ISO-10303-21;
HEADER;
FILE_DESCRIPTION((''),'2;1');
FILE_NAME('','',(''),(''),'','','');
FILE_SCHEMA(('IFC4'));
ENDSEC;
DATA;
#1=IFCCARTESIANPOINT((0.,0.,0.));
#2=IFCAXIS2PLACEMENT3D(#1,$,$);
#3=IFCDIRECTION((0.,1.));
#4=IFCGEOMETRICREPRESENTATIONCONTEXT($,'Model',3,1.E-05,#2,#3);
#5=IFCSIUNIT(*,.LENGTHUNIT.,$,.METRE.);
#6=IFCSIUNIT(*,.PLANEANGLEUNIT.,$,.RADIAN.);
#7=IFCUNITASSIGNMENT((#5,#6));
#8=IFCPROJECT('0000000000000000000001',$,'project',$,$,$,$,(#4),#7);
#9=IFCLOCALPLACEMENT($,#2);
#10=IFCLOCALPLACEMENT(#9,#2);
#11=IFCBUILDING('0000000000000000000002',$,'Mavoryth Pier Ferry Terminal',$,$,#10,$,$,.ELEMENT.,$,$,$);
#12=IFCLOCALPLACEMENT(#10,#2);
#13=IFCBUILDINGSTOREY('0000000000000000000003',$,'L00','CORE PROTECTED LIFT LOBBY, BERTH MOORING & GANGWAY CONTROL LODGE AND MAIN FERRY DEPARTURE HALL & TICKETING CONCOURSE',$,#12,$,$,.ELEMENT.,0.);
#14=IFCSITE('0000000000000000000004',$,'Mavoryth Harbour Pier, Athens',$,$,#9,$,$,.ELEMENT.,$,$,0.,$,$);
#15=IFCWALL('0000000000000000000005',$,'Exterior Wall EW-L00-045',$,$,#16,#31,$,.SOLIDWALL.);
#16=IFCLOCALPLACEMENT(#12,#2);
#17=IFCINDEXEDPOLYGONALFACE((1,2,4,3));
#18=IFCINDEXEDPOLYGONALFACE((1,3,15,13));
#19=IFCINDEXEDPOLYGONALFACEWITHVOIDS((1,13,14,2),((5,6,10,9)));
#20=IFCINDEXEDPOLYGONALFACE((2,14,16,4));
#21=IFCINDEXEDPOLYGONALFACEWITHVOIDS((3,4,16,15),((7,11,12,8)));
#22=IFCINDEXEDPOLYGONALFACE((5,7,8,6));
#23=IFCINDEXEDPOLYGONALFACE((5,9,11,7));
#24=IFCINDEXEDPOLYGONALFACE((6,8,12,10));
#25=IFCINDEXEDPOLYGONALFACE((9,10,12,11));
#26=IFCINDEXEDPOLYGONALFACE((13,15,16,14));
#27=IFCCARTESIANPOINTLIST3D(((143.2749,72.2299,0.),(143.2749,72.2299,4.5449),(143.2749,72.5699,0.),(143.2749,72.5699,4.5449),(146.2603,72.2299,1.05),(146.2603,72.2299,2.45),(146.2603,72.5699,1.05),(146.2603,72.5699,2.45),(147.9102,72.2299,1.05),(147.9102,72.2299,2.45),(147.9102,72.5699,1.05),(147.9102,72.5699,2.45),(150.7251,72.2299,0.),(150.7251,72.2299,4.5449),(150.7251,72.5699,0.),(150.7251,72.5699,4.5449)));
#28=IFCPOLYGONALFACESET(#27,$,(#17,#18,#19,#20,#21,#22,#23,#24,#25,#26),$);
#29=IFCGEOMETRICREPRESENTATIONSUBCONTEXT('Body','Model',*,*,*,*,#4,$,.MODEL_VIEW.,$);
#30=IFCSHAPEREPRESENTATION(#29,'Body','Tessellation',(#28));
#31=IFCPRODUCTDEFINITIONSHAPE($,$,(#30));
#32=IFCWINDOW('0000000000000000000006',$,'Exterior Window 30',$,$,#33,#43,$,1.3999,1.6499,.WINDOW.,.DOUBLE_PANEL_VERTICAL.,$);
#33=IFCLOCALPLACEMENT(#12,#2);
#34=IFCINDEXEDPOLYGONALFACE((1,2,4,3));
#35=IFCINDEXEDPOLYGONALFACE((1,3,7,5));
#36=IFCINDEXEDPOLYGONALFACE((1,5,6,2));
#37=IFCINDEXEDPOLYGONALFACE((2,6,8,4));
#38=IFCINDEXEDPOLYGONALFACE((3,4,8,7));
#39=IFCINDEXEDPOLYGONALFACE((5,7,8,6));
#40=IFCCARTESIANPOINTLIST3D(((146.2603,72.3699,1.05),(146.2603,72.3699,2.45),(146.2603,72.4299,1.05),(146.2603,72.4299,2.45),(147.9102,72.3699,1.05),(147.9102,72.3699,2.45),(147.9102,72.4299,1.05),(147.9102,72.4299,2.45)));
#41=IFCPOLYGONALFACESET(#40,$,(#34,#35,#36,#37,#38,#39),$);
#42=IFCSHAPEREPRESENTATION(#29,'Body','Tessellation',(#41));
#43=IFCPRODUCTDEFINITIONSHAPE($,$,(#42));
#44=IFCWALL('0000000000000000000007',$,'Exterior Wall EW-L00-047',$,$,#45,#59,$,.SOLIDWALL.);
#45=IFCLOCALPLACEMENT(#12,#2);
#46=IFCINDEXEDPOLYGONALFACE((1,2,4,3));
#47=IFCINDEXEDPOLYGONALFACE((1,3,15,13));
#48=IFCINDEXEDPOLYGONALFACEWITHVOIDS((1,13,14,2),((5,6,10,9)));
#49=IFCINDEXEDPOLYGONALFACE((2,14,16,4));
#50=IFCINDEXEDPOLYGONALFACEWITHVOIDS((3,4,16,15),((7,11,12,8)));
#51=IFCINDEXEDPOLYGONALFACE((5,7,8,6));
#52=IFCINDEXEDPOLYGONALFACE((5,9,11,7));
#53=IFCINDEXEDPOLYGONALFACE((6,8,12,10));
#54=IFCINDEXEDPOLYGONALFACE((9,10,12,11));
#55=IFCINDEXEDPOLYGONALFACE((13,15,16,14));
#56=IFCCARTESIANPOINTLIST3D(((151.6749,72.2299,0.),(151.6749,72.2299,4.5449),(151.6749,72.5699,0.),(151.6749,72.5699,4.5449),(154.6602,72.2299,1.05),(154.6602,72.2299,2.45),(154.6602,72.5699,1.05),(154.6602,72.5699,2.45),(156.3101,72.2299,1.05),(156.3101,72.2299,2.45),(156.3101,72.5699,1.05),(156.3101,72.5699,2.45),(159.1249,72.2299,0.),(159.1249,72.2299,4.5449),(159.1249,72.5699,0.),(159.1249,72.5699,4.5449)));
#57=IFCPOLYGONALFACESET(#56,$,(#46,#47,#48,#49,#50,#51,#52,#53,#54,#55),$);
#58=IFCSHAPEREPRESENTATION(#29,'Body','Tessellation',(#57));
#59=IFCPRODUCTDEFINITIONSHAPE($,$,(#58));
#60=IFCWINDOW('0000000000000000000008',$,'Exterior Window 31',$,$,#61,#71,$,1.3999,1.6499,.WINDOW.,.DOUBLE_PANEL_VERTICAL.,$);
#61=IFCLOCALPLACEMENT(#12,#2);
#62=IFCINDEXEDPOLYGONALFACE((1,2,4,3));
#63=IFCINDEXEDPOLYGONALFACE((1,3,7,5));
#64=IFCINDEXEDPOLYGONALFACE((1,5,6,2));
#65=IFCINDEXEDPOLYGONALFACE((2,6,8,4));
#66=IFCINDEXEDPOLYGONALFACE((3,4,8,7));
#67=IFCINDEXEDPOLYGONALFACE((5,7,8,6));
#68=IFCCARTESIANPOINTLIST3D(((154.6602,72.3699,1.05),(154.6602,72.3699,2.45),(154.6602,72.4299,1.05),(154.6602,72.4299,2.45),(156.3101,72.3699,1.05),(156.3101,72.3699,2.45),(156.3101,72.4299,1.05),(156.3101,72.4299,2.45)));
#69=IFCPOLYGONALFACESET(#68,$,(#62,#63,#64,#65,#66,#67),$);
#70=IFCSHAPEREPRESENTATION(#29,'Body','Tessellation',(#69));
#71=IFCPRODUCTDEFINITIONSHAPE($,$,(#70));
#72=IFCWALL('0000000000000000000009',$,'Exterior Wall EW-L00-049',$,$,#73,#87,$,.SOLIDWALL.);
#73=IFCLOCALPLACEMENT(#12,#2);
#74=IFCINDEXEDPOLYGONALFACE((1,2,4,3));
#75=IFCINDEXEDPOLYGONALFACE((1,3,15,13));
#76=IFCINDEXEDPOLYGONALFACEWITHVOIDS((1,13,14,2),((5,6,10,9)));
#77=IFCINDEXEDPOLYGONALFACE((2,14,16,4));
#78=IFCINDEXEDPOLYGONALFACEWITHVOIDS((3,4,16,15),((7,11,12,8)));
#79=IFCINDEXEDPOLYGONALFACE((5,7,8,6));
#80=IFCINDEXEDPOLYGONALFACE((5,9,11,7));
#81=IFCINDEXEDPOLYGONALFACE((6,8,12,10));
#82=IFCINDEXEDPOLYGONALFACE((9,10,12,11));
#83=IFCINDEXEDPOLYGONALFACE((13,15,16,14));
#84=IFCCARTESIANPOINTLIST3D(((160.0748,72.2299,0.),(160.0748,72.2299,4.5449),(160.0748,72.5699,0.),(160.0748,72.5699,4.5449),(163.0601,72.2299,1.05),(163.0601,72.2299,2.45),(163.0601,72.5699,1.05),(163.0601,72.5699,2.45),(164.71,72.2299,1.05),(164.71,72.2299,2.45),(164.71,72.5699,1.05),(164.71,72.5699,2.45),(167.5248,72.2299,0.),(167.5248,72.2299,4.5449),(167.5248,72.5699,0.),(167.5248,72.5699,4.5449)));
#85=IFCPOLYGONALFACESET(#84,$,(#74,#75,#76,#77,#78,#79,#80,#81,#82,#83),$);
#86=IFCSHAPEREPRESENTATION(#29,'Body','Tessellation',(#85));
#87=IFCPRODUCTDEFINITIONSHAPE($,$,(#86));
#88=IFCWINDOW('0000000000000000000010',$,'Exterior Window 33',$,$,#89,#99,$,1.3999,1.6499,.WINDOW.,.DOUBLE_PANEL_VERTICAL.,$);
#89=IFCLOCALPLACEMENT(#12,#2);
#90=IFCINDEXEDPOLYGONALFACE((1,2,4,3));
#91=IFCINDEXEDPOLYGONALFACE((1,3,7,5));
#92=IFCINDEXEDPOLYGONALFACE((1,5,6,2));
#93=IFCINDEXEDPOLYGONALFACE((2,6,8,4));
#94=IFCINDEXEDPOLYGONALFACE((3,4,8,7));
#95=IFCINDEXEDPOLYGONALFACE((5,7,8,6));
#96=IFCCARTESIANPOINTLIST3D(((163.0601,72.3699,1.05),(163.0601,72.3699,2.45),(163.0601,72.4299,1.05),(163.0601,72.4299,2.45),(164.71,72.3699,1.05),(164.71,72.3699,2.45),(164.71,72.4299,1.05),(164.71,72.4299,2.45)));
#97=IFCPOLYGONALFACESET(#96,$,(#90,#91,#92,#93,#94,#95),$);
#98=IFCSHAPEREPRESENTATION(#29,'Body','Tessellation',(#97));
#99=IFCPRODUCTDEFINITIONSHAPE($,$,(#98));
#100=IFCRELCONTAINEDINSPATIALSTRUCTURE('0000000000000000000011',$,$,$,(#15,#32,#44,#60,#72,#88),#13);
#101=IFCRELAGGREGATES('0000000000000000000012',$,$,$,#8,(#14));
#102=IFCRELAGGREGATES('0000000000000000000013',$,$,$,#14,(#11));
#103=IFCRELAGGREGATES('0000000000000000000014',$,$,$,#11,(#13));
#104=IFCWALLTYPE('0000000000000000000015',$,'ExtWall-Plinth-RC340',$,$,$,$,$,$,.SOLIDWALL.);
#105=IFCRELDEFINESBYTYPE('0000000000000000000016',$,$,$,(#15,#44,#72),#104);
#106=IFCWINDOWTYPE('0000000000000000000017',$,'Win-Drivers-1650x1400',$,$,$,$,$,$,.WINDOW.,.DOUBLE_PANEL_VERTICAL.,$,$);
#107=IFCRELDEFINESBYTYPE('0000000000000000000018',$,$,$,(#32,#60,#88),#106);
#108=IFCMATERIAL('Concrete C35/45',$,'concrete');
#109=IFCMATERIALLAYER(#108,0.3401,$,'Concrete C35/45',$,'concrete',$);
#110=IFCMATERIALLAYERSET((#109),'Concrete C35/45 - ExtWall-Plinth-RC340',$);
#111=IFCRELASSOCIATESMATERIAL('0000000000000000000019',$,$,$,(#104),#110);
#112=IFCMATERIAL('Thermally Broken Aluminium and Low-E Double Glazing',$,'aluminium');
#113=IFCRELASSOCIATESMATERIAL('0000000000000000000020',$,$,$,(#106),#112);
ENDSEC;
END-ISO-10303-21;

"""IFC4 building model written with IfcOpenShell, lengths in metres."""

from ifc_helpers import new_model, si_unit, direction, frame, frame_2d, origin, place, context, subcontext, project, spatial, rectangle, extrude, material, layer, layer_set, type_object, element, fill, save


model = new_model("IFC4")

# Units and contexts
model_context = context("Model", 3, precision=1e-05, world=origin(), true_north=direction((0.0, 1.0)))
body_context = subcontext(model_context, "Body", "Model", "MODEL_VIEW")
ifc_project = project(units=[si_unit("LENGTHUNIT", "METRE"), si_unit("PLANEANGLEUNIT", "RADIAN")], contexts=[model_context])

# Site, building, storey
site_placement = place(None, origin())
site = spatial("IfcSite", under=ifc_project, at=site_placement, Name="Mavoryth Harbour Pier, Athens", CompositionType="ELEMENT", RefElevation=0.0)
building_placement = place(site_placement, origin())
building = spatial("IfcBuilding", under=site, at=building_placement, Name="Mavoryth Pier Ferry Terminal", CompositionType="ELEMENT")
storey_placement = place(building_placement, origin())
storey = spatial("IfcBuildingStorey", under=building, at=storey_placement, Name="L00", Description="CORE PROTECTED LIFT LOBBY, BERTH MOORING & GANGWAY CONTROL LODGE AND MAIN FERRY DEPARTURE HALL & TICKETING CONCOURSE", CompositionType="ELEMENT", Elevation=0.0)

# Shared definitions
ifc_material_1 = material(Name="Concrete C35/45", Category="concrete")

# Walls, openings, windows
ifc_layer = layer(ifc_material_1, 0.3401, Name="Concrete C35/45", Category="concrete")
ifc_layer_set = layer_set([ifc_layer], Name="Concrete C35/45 - ExtWall-Plinth-RC340")
wall_type = type_object("IfcWallType", Name="ExtWall-Plinth-RC340", PredefinedType="SOLIDWALL", material=ifc_layer_set)
wall_1_placement = place(storey_placement, frame((150.7251, 72.3999, 0.0), z_axis=(0.0, 0.0, 1.0), x_axis=(-1.0, 0.0, 0.0)))
wall_1 = element("IfcWall", 1, at=wall_1_placement, inside=storey, type_object=wall_type, Name="Exterior Wall EW-L00-045", PredefinedType="SOLIDWALL", context=body_context, shape_type="SweptSolid", body=[
    extrude(rectangle(XDim=7.4502, YDim=0.3401, at=frame_2d((3.7251, 0.0))), origin(), (0.0, 0.0, 1.0), 4.5449),
])
opening_1_placement = place(wall_1_placement, frame((2.8149, 0.0, 1.05)))
opening_1 = element("IfcOpeningElement", 2, at=opening_1_placement, cuts=wall_1, PredefinedType="OPENING", context=body_context, shape_type="SweptSolid", body=[
    extrude(rectangle(XDim=1.6499, YDim=1.3999, at=frame_2d((0.825, 0.7))), frame((0.0, 0.1799, 0.0), z_axis=(0.0, -1.0, 0.0), x_axis=(1.0, 0.0, 0.0)), (0.0, 0.0, 1.0), 0.3601),
])
ifc_material_2 = material(Name="Thermally Broken Aluminium and Low-E Double Glazing", Category="aluminium")
window_type = type_object("IfcWindowType", Name="Win-Drivers-1650x1400", PartitioningType="DOUBLE_PANEL_VERTICAL", PredefinedType="WINDOW", material=ifc_material_2)
window_1_placement = place(opening_1_placement, origin())
window_1 = element("IfcWindow", 3, at=window_1_placement, inside=storey, type_object=window_type, Name="Exterior Window 30", OverallHeight=1.3999, OverallWidth=1.6499, PartitioningType="DOUBLE_PANEL_VERTICAL", PredefinedType="WINDOW", context=body_context, shape_type="SweptSolid", body=[
    extrude(rectangle(XDim=1.6499, YDim=1.3999, at=frame_2d((0.825, 0.7))), frame((0.0, 0.03, 0.0), z_axis=(0.0, -1.0, 0.0), x_axis=(1.0, 0.0, 0.0)), (0.0, 0.0, 1.0), 0.0601),
])
fill(opening_1, window_1)
wall_2_placement = place(storey_placement, frame((159.125, 72.3999, 0.0), z_axis=(0.0, 0.0, 1.0), x_axis=(-1.0, 0.0, 0.0)))
wall_2 = element("IfcWall", 4, at=wall_2_placement, inside=storey, type_object=wall_type, Name="Exterior Wall EW-L00-047", PredefinedType="SOLIDWALL", context=body_context, shape_type="SweptSolid", body=[
    extrude(rectangle(XDim=7.45, YDim=0.3401, at=frame_2d((3.7251, 0.0))), origin(), (0.0, 0.0, 1.0), 4.5449),
])
opening_2_placement = place(wall_2_placement, frame((2.8149, 0.0, 1.05)))
opening_2 = element("IfcOpeningElement", 5, at=opening_2_placement, cuts=wall_2, PredefinedType="OPENING", context=body_context, shape_type="SweptSolid", body=[
    extrude(rectangle(XDim=1.6499, YDim=1.3999, at=frame_2d((0.825, 0.7))), frame((0.0, 0.1799, 0.0), z_axis=(0.0, -1.0, 0.0), x_axis=(1.0, 0.0, 0.0)), (0.0, 0.0, 1.0), 0.3601),
])
window_2_placement = place(opening_2_placement, origin())
window_2 = element("IfcWindow", 6, at=window_2_placement, inside=storey, type_object=window_type, Name="Exterior Window 31", OverallHeight=1.3999, OverallWidth=1.6499, PartitioningType="DOUBLE_PANEL_VERTICAL", PredefinedType="WINDOW", context=body_context, shape_type="SweptSolid", body=[
    extrude(rectangle(XDim=1.6499, YDim=1.3999, at=frame_2d((0.825, 0.7))), frame((0.0, 0.03, 0.0), z_axis=(0.0, -1.0, 0.0), x_axis=(1.0, 0.0, 0.0)), (0.0, 0.0, 1.0), 0.0601),
])
fill(opening_2, window_2)
wall_3_placement = place(storey_placement, frame((167.5249, 72.3999, 0.0), z_axis=(0.0, 0.0, 1.0), x_axis=(-1.0, 0.0, 0.0)))
wall_3 = element("IfcWall", 7, at=wall_3_placement, inside=storey, type_object=wall_type, Name="Exterior Wall EW-L00-049", PredefinedType="SOLIDWALL", context=body_context, shape_type="SweptSolid", body=[
    extrude(rectangle(XDim=7.45, YDim=0.3401, at=frame_2d((3.7251, 0.0))), origin(), (0.0, 0.0, 1.0), 4.5449),
])
opening_3_placement = place(wall_3_placement, frame((2.8149, 0.0, 1.05)))
opening_3 = element("IfcOpeningElement", 8, at=opening_3_placement, cuts=wall_3, PredefinedType="OPENING", context=body_context, shape_type="SweptSolid", body=[
    extrude(rectangle(XDim=1.6499, YDim=1.3999, at=frame_2d((0.825, 0.7))), frame((0.0, 0.1799, 0.0), z_axis=(0.0, -1.0, 0.0), x_axis=(1.0, 0.0, 0.0)), (0.0, 0.0, 1.0), 0.3601),
])
window_3_placement = place(opening_3_placement, origin())
window_3 = element("IfcWindow", 9, at=window_3_placement, inside=storey, type_object=window_type, Name="Exterior Window 33", OverallHeight=1.3999, OverallWidth=1.6499, PartitioningType="DOUBLE_PANEL_VERTICAL", PredefinedType="WINDOW", context=body_context, shape_type="SweptSolid", body=[
    extrude(rectangle(XDim=1.6499, YDim=1.3999, at=frame_2d((0.825, 0.7))), frame((0.0, 0.03, 0.0), z_axis=(0.0, -1.0, 0.0), x_axis=(1.0, 0.0, 0.0)), (0.0, 0.0, 1.0), 0.0601),
])
fill(opening_3, window_3)

save(model, "model.ifc")
